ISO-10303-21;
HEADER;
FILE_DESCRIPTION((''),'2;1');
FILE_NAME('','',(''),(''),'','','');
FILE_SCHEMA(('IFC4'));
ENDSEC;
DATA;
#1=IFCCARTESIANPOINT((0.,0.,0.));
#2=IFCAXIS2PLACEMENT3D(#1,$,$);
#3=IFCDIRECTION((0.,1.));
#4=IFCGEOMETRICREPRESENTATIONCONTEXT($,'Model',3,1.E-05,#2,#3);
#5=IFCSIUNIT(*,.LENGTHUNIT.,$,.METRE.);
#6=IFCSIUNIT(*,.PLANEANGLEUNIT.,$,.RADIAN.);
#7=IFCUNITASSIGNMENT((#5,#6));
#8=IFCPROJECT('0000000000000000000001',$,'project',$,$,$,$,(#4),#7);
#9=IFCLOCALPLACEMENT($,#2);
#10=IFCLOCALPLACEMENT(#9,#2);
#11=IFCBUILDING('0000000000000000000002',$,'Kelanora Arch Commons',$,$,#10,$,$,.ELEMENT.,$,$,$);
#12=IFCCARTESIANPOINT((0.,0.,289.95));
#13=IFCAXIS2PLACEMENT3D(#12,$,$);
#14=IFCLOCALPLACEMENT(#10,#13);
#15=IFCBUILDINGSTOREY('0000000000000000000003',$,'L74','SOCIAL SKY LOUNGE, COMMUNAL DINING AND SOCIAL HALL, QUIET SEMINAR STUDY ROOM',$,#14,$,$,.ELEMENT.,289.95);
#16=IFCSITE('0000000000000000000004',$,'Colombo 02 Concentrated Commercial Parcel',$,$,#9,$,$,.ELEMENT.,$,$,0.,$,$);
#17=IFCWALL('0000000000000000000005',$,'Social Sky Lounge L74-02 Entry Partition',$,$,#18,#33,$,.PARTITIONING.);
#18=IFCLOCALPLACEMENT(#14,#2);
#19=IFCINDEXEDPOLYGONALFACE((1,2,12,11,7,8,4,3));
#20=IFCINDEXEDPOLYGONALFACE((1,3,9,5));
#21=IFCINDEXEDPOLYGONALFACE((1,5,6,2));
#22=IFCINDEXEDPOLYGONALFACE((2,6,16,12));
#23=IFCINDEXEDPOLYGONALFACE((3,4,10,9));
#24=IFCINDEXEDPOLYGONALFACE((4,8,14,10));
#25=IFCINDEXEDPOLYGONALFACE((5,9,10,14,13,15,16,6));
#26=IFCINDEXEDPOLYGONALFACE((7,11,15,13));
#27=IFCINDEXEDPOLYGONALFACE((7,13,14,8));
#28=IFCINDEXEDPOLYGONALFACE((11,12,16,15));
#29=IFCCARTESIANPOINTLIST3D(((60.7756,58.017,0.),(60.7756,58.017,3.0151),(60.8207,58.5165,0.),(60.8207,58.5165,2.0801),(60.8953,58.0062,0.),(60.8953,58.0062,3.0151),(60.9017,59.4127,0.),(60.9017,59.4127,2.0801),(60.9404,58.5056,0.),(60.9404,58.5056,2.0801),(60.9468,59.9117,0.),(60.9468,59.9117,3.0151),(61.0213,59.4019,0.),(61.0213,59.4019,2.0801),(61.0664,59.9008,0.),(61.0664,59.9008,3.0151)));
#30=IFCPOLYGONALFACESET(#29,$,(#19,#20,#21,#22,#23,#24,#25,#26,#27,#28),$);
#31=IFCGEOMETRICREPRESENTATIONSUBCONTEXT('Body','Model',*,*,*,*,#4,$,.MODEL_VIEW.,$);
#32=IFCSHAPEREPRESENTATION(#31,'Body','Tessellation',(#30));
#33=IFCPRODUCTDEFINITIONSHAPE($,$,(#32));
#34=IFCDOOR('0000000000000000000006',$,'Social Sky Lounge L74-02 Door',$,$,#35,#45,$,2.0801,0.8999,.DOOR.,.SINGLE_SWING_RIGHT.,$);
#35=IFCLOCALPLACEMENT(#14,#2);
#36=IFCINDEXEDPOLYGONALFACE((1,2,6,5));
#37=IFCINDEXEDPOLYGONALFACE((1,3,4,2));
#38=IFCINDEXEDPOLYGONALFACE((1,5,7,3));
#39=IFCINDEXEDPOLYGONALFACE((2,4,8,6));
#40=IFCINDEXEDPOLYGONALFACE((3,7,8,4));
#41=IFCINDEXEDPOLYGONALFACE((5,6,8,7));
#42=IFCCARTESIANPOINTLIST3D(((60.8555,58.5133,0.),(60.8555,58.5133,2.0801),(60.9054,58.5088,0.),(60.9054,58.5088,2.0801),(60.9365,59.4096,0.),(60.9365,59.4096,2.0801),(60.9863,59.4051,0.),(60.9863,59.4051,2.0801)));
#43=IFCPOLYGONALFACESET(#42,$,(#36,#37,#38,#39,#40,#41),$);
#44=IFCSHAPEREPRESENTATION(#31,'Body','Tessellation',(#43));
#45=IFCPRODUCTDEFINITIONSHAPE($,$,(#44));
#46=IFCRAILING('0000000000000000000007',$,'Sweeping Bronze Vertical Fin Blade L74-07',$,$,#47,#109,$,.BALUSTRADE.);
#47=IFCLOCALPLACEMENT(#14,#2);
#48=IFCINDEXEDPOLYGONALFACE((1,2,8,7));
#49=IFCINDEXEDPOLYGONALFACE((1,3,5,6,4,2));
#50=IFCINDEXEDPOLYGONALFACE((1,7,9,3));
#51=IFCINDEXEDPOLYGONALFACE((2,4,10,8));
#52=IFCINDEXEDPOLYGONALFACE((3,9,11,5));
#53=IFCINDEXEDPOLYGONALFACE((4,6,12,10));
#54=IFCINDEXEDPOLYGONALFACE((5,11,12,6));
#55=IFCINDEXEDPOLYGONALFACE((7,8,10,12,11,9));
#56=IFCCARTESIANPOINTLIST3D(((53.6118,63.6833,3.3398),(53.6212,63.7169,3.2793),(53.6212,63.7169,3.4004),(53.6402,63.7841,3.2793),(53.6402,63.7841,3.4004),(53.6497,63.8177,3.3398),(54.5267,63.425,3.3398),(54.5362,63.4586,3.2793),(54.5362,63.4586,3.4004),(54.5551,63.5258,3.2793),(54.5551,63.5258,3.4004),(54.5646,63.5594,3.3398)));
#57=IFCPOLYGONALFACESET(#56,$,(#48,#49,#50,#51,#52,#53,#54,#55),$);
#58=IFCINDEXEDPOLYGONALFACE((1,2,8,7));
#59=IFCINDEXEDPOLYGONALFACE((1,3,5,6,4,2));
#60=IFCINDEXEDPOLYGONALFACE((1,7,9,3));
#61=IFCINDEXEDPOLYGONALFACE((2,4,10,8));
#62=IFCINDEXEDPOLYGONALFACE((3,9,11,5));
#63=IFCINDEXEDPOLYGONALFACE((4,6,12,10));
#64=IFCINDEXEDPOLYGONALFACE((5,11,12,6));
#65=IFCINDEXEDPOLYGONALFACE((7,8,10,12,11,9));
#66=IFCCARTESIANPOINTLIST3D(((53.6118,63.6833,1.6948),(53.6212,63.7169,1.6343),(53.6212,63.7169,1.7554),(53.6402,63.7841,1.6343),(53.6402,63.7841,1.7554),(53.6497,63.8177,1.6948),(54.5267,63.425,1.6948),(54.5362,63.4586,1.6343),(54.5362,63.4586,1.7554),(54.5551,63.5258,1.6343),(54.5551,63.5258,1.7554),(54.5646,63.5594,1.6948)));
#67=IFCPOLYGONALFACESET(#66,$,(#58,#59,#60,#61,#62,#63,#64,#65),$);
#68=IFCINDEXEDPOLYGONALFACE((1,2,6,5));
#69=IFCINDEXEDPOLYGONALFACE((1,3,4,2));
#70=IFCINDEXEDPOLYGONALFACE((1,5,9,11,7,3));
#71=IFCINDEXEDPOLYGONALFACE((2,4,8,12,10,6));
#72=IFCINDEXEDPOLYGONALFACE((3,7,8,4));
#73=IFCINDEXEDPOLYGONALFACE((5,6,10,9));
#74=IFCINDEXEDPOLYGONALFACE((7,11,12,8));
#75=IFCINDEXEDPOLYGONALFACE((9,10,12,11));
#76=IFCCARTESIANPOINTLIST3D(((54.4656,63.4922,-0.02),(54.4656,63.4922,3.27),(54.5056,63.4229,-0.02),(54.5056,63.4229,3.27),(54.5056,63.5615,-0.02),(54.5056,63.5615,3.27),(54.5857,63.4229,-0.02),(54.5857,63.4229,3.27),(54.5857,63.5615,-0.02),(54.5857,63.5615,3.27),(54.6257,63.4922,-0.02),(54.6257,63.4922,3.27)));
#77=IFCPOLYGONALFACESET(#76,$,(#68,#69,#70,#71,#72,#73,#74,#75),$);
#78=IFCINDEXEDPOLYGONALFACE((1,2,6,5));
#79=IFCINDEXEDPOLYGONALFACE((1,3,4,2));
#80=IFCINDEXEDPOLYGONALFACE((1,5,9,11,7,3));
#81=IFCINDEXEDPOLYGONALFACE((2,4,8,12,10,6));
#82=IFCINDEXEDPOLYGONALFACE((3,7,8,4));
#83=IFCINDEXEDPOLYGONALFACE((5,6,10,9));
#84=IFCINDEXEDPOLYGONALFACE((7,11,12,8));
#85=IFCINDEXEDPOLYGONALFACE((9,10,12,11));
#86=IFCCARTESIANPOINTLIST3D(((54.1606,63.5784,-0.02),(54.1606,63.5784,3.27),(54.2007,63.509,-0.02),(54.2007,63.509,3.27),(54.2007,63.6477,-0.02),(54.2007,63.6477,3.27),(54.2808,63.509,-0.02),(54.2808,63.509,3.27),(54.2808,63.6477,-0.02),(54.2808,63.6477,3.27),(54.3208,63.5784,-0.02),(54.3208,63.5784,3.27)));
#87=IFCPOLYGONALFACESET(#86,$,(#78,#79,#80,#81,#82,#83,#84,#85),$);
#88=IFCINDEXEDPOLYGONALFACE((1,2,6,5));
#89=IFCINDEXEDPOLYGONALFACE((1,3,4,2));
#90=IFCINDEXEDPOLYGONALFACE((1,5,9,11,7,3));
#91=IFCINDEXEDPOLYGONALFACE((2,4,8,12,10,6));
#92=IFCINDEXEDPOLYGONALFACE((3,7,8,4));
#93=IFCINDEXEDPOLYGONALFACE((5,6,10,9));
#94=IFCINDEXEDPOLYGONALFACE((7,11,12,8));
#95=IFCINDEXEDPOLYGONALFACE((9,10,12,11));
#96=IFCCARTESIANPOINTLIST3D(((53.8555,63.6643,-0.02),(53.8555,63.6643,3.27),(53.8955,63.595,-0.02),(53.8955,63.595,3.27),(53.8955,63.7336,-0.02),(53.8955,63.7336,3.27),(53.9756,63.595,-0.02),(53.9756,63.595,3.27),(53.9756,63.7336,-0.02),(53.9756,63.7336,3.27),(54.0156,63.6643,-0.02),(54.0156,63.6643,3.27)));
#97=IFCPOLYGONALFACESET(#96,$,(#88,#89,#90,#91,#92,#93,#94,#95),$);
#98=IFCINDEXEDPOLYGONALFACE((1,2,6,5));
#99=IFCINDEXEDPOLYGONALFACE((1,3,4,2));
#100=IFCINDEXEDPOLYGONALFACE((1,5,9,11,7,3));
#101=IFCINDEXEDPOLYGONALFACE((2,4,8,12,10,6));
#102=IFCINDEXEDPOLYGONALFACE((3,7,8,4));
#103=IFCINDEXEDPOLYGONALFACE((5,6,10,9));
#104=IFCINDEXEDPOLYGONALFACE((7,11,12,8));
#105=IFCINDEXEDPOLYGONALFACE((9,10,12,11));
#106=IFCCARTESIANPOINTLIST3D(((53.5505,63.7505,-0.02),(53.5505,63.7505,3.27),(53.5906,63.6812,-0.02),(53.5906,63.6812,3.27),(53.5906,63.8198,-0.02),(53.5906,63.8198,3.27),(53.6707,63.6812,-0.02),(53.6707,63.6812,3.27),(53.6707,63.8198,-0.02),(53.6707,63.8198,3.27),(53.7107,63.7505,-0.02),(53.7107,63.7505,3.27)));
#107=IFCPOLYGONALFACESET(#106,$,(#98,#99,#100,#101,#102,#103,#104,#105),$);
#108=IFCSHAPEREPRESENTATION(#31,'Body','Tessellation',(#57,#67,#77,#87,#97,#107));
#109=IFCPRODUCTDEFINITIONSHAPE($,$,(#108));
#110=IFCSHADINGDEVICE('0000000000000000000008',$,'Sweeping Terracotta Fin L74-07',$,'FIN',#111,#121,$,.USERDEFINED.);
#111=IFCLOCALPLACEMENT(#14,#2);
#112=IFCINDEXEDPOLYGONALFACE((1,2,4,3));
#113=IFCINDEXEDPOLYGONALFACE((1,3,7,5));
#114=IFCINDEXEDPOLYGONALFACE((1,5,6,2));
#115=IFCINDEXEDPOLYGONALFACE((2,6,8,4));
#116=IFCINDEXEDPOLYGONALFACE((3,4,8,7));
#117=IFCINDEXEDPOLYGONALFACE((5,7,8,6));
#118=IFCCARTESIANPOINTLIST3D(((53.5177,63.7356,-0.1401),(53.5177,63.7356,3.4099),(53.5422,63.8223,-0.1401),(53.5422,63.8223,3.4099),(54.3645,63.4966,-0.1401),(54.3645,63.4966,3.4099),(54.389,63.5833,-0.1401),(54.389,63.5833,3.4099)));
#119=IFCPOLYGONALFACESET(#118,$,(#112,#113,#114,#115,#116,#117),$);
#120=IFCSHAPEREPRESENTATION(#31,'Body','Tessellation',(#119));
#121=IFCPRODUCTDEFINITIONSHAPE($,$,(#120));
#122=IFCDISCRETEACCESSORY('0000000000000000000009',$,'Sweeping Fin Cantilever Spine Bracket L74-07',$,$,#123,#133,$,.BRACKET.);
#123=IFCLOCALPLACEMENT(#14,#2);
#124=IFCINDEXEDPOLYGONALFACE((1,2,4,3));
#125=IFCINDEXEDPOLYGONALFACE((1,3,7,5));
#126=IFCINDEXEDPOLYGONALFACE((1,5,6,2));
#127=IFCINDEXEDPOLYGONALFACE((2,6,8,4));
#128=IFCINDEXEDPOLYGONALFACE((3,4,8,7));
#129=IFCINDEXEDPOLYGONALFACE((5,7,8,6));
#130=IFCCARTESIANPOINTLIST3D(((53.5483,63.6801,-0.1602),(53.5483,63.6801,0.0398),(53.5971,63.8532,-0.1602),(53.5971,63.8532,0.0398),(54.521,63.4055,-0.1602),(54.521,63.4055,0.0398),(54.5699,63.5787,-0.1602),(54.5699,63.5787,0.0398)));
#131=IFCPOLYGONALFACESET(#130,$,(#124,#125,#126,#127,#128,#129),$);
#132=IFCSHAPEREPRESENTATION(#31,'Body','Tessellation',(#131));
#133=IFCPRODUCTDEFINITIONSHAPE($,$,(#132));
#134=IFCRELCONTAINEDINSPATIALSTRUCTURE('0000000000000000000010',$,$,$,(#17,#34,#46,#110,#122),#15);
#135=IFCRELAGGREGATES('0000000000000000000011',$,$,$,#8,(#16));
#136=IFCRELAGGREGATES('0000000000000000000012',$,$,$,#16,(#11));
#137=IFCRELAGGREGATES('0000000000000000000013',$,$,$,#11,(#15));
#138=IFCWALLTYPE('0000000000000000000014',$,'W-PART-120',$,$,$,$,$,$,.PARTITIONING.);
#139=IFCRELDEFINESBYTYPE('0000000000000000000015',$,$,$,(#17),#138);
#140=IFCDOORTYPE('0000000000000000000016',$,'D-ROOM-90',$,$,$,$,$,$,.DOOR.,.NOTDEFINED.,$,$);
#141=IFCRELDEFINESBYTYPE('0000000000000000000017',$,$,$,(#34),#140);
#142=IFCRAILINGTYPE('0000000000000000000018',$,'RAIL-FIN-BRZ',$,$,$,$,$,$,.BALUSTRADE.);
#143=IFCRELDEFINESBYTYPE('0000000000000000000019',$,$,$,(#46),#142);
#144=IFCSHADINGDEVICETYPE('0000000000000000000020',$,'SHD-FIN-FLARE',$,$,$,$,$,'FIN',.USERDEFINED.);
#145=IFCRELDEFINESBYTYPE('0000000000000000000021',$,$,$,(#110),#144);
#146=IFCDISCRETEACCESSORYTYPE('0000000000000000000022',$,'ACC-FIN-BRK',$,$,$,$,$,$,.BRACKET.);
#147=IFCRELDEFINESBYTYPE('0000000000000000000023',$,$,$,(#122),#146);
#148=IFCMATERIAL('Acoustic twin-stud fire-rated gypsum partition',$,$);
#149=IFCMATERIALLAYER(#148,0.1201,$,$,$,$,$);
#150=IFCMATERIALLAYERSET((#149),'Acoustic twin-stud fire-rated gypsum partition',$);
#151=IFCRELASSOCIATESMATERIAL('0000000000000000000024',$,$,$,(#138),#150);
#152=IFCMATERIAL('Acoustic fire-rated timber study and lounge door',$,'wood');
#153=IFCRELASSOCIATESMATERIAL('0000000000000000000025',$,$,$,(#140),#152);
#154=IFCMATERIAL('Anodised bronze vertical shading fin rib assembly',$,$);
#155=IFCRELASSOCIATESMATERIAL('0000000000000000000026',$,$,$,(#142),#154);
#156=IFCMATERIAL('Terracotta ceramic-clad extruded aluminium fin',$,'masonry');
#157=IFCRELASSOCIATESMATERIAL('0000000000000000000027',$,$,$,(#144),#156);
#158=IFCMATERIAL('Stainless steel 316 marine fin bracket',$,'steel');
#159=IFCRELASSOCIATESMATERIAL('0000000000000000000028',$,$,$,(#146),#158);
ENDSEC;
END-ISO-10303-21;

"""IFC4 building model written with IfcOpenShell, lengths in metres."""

from ifc_helpers import new_model, si_unit, direction, frame, frame_2d, origin, origin_2d, place, context, subcontext, project, spatial, polyline, rectangle, outline, extrude, source, transform, mapped, material, layer, layer_set, type_object, element, fill, save


model = new_model("IFC4")

# Units and contexts
model_context = context("Model", 3, precision=1e-05, world=origin(), true_north=direction((0.0, 1.0)))
body_context = subcontext(model_context, "Body", "Model", "MODEL_VIEW")
ifc_project = project(units=[si_unit("LENGTHUNIT", "METRE"), si_unit("PLANEANGLEUNIT", "RADIAN")], contexts=[model_context])

# Site, building, storey
site_placement = place(None, origin())
site = spatial("IfcSite", under=ifc_project, at=site_placement, Name="Colombo 02 Concentrated Commercial Parcel", CompositionType="ELEMENT", RefElevation=0.0)
building_placement = place(site_placement, origin())
building = spatial("IfcBuilding", under=site, at=building_placement, Name="Kelanora Arch Commons", CompositionType="ELEMENT")
storey_placement = place(building_placement, frame((0.0, 0.0, 289.95)))
storey = spatial("IfcBuildingStorey", under=building, at=storey_placement, Name="L74", Description="SOCIAL SKY LOUNGE, COMMUNAL DINING AND SOCIAL HALL, QUIET SEMINAR STUDY ROOM", CompositionType="ELEMENT", Elevation=289.95)

# Wall, opening, door
ifc_material_1 = material(Name="Acoustic twin-stud fire-rated gypsum partition")
ifc_layer_1 = layer(ifc_material_1, 0.1201)
ifc_layer_set_1 = layer_set([ifc_layer_1], Name="Acoustic twin-stud fire-rated gypsum partition")
wall_type_1 = type_object("IfcWallType", Name="W-PART-120", PredefinedType="PARTITIONING", material=ifc_layer_set_1)
wall_1_placement = place(storey_placement, frame((61.0066, 59.9062, 0.0), z_axis=(0.0, 0.0, 1.0), x_axis=(-0.089969, -0.995945, 0.0)))
wall_1 = element("IfcWall", 1, at=wall_1_placement, inside=storey, type_object=wall_type_1, Name="Social Sky Lounge L74-02 Entry Partition", PredefinedType="PARTITIONING", context=body_context, shape_type="SweptSolid", body=[
    extrude(rectangle(XDim=1.9023, YDim=0.1201, at=frame_2d((0.9512, 0.0))), origin(), (0.0, 0.0, 1.0), 3.0151),
])
opening_placement = place(wall_1_placement, frame((0.501, 0.0, 0.0)))
opening = element("IfcOpeningElement", 2, at=opening_placement, cuts=wall_1, PredefinedType="OPENING", context=body_context, shape_type="SweptSolid", body=[
    extrude(rectangle(XDim=0.8999, YDim=2.0801, at=frame_2d((0.45, 1.04))), frame((0.0, 0.0701, 0.0), z_axis=(0.0, -1.0, 0.0), x_axis=(1.0, 0.0, 0.0)), (0.0, 0.0, 1.0), 0.1401),
])
ifc_material_2 = material(Name="Acoustic fire-rated timber study and lounge door", Category="wood")
door_type = type_object("IfcDoorType", Name="D-ROOM-90", OperationType="NOTDEFINED", PredefinedType="DOOR", material=ifc_material_2)
door_placement = place(opening_placement, origin())
door = element("IfcDoor", 3, at=door_placement, inside=storey, type_object=door_type, Name="Social Sky Lounge L74-02 Door", OperationType="SINGLE_SWING_RIGHT", OverallHeight=2.0801, OverallWidth=0.8999, PredefinedType="DOOR", context=body_context, shape_type="SweptSolid", body=[
    extrude(rectangle(XDim=0.8999, YDim=2.0801, at=frame_2d((0.45, 1.04))), frame((0.0, 0.0249, 0.0), z_axis=(0.0, -1.0, 0.0), x_axis=(1.0, 0.0, 0.0)), (0.0, 0.0, 1.0), 0.05),
])
fill(opening, door)

# Railing
ifc_material_3 = material(Name="Anodised bronze vertical shading fin rib assembly")
railing_type = type_object("IfcRailingType", Name="RAIL-FIN-BRZ", PredefinedType="BALUSTRADE", material=ifc_material_3)
railing_placement = place(storey_placement, frame((54.5457, 63.4922, -0.02)))
element("IfcRailing", 4, at=railing_placement, inside=storey, type_object=railing_type, Name="Sweeping Bronze Vertical Fin Blade L74-07", PredefinedType="BALUSTRADE", context=body_context, shape_type="SweptSolid", body=[
    extrude(outline(polyline([(0.0698, 0.0), (0.0349, 0.0605), (-0.0349, 0.0605), (-0.0698, 0.0), (-0.0349, -0.0605), (0.0349, -0.0605), (0.0698, 0.0)])), frame((0.0, 0.0, 3.3599), z_axis=(-0.962391, 0.271668, 0.0), x_axis=(-0.271668, -0.962391, 0.0)), (0.0, 0.0, 1.0), 0.9507),
    extrude(outline(polyline([(0.0698, 0.0), (0.0349, 0.0605), (-0.0349, 0.0605), (-0.0698, 0.0), (-0.0349, -0.0605), (0.0349, -0.0605), (0.0698, 0.0)])), frame((0.0, 0.0, 1.7148), z_axis=(-0.962391, 0.271668, 0.0), x_axis=(-0.271668, -0.962391, 0.0)), (0.0, 0.0, 1.0), 0.9507),
    extrude(outline(polyline([(0.0801, 0.0), (0.04, 0.0693), (-0.04, 0.0693), (-0.0801, 0.0), (-0.04, -0.0693), (0.04, -0.0693), (0.0801, 0.0)])), origin(), (0.0, 0.0, 1.0), 3.29),
    extrude(outline(polyline([(0.0801, 0.0), (0.04, 0.0693), (-0.04, 0.0693), (-0.0801, 0.0), (-0.04, -0.0693), (0.04, -0.0693), (0.0801, 0.0)])), frame((-0.3049, 0.0862, 0.0)), (0.0, 0.0, 1.0), 3.29),
    extrude(outline(polyline([(0.0801, 0.0), (0.04, 0.0693), (-0.04, 0.0693), (-0.0801, 0.0), (-0.04, -0.0693), (0.04, -0.0693), (0.0801, 0.0)])), frame((-0.6101, 0.1721, 0.0)), (0.0, 0.0, 1.0), 3.29),
    extrude(outline(polyline([(0.0801, 0.0), (0.04, 0.0693), (-0.04, 0.0693), (-0.0801, 0.0), (-0.04, -0.0693), (0.04, -0.0693), (0.0801, 0.0)])), frame((-0.915, 0.2583, 0.0)), (0.0, 0.0, 1.0), 3.29),
])

# Shading device
ifc_material_4 = material(Name="Terracotta ceramic-clad extruded aluminium fin", Category="masonry")
shading_device_type = type_object("IfcShadingDeviceType", Name="SHD-FIN-FLARE", ElementType="FIN", PredefinedType="USERDEFINED", material=ifc_material_4)
shared_shape_1 = source(origin(), body_context, "Body", "SweptSolid", [
    extrude(rectangle(XDim=0.8799, YDim=0.0901, at=origin_2d()), origin(), (0.0, 0.0, 1.0), 3.55),
])
shading_device_placement = place(storey_placement, frame((53.9534, 63.6594, -0.1401), z_axis=(0.0, 0.0, 1.0), x_axis=(-0.962408, 0.271608, 0.0)))
element("IfcShadingDevice", 5, at=shading_device_placement, inside=storey, type_object=shading_device_type, Name="Sweeping Terracotta Fin L74-07", ObjectType="FIN", PredefinedType="USERDEFINED", context=body_context, shape_type="MappedRepresentation", body=[
    mapped(shared_shape_1, transform((0.0, 0.0, 0.0), scale=1.0)),
])

# Discrete accessory
ifc_material_5 = material(Name="Stainless steel 316 marine fin bracket", Category="steel")
discrete_accessory_type = type_object("IfcDiscreteAccessoryType", Name="ACC-FIN-BRK", PredefinedType="BRACKET", material=ifc_material_5)
shared_shape_2 = source(origin(), body_context, "Body", "SweptSolid", [
    extrude(rectangle(XDim=1.0107, YDim=0.1799, at=origin_2d()), origin(), (0.0, 0.0, 1.0), 0.2),
])
discrete_accessory_placement = place(storey_placement, frame((54.0591, 63.6294, -0.1602), z_axis=(0.0, 0.0, 1.0), x_axis=(-0.962408, 0.271608, 0.0)))
element("IfcDiscreteAccessory", 6, at=discrete_accessory_placement, inside=storey, type_object=discrete_accessory_type, Name="Sweeping Fin Cantilever Spine Bracket L74-07", PredefinedType="BRACKET", context=body_context, shape_type="MappedRepresentation", body=[
    mapped(shared_shape_2, transform((0.0, 0.0, 0.0), scale=1.0)),
])

save(model, "model.ifc")
